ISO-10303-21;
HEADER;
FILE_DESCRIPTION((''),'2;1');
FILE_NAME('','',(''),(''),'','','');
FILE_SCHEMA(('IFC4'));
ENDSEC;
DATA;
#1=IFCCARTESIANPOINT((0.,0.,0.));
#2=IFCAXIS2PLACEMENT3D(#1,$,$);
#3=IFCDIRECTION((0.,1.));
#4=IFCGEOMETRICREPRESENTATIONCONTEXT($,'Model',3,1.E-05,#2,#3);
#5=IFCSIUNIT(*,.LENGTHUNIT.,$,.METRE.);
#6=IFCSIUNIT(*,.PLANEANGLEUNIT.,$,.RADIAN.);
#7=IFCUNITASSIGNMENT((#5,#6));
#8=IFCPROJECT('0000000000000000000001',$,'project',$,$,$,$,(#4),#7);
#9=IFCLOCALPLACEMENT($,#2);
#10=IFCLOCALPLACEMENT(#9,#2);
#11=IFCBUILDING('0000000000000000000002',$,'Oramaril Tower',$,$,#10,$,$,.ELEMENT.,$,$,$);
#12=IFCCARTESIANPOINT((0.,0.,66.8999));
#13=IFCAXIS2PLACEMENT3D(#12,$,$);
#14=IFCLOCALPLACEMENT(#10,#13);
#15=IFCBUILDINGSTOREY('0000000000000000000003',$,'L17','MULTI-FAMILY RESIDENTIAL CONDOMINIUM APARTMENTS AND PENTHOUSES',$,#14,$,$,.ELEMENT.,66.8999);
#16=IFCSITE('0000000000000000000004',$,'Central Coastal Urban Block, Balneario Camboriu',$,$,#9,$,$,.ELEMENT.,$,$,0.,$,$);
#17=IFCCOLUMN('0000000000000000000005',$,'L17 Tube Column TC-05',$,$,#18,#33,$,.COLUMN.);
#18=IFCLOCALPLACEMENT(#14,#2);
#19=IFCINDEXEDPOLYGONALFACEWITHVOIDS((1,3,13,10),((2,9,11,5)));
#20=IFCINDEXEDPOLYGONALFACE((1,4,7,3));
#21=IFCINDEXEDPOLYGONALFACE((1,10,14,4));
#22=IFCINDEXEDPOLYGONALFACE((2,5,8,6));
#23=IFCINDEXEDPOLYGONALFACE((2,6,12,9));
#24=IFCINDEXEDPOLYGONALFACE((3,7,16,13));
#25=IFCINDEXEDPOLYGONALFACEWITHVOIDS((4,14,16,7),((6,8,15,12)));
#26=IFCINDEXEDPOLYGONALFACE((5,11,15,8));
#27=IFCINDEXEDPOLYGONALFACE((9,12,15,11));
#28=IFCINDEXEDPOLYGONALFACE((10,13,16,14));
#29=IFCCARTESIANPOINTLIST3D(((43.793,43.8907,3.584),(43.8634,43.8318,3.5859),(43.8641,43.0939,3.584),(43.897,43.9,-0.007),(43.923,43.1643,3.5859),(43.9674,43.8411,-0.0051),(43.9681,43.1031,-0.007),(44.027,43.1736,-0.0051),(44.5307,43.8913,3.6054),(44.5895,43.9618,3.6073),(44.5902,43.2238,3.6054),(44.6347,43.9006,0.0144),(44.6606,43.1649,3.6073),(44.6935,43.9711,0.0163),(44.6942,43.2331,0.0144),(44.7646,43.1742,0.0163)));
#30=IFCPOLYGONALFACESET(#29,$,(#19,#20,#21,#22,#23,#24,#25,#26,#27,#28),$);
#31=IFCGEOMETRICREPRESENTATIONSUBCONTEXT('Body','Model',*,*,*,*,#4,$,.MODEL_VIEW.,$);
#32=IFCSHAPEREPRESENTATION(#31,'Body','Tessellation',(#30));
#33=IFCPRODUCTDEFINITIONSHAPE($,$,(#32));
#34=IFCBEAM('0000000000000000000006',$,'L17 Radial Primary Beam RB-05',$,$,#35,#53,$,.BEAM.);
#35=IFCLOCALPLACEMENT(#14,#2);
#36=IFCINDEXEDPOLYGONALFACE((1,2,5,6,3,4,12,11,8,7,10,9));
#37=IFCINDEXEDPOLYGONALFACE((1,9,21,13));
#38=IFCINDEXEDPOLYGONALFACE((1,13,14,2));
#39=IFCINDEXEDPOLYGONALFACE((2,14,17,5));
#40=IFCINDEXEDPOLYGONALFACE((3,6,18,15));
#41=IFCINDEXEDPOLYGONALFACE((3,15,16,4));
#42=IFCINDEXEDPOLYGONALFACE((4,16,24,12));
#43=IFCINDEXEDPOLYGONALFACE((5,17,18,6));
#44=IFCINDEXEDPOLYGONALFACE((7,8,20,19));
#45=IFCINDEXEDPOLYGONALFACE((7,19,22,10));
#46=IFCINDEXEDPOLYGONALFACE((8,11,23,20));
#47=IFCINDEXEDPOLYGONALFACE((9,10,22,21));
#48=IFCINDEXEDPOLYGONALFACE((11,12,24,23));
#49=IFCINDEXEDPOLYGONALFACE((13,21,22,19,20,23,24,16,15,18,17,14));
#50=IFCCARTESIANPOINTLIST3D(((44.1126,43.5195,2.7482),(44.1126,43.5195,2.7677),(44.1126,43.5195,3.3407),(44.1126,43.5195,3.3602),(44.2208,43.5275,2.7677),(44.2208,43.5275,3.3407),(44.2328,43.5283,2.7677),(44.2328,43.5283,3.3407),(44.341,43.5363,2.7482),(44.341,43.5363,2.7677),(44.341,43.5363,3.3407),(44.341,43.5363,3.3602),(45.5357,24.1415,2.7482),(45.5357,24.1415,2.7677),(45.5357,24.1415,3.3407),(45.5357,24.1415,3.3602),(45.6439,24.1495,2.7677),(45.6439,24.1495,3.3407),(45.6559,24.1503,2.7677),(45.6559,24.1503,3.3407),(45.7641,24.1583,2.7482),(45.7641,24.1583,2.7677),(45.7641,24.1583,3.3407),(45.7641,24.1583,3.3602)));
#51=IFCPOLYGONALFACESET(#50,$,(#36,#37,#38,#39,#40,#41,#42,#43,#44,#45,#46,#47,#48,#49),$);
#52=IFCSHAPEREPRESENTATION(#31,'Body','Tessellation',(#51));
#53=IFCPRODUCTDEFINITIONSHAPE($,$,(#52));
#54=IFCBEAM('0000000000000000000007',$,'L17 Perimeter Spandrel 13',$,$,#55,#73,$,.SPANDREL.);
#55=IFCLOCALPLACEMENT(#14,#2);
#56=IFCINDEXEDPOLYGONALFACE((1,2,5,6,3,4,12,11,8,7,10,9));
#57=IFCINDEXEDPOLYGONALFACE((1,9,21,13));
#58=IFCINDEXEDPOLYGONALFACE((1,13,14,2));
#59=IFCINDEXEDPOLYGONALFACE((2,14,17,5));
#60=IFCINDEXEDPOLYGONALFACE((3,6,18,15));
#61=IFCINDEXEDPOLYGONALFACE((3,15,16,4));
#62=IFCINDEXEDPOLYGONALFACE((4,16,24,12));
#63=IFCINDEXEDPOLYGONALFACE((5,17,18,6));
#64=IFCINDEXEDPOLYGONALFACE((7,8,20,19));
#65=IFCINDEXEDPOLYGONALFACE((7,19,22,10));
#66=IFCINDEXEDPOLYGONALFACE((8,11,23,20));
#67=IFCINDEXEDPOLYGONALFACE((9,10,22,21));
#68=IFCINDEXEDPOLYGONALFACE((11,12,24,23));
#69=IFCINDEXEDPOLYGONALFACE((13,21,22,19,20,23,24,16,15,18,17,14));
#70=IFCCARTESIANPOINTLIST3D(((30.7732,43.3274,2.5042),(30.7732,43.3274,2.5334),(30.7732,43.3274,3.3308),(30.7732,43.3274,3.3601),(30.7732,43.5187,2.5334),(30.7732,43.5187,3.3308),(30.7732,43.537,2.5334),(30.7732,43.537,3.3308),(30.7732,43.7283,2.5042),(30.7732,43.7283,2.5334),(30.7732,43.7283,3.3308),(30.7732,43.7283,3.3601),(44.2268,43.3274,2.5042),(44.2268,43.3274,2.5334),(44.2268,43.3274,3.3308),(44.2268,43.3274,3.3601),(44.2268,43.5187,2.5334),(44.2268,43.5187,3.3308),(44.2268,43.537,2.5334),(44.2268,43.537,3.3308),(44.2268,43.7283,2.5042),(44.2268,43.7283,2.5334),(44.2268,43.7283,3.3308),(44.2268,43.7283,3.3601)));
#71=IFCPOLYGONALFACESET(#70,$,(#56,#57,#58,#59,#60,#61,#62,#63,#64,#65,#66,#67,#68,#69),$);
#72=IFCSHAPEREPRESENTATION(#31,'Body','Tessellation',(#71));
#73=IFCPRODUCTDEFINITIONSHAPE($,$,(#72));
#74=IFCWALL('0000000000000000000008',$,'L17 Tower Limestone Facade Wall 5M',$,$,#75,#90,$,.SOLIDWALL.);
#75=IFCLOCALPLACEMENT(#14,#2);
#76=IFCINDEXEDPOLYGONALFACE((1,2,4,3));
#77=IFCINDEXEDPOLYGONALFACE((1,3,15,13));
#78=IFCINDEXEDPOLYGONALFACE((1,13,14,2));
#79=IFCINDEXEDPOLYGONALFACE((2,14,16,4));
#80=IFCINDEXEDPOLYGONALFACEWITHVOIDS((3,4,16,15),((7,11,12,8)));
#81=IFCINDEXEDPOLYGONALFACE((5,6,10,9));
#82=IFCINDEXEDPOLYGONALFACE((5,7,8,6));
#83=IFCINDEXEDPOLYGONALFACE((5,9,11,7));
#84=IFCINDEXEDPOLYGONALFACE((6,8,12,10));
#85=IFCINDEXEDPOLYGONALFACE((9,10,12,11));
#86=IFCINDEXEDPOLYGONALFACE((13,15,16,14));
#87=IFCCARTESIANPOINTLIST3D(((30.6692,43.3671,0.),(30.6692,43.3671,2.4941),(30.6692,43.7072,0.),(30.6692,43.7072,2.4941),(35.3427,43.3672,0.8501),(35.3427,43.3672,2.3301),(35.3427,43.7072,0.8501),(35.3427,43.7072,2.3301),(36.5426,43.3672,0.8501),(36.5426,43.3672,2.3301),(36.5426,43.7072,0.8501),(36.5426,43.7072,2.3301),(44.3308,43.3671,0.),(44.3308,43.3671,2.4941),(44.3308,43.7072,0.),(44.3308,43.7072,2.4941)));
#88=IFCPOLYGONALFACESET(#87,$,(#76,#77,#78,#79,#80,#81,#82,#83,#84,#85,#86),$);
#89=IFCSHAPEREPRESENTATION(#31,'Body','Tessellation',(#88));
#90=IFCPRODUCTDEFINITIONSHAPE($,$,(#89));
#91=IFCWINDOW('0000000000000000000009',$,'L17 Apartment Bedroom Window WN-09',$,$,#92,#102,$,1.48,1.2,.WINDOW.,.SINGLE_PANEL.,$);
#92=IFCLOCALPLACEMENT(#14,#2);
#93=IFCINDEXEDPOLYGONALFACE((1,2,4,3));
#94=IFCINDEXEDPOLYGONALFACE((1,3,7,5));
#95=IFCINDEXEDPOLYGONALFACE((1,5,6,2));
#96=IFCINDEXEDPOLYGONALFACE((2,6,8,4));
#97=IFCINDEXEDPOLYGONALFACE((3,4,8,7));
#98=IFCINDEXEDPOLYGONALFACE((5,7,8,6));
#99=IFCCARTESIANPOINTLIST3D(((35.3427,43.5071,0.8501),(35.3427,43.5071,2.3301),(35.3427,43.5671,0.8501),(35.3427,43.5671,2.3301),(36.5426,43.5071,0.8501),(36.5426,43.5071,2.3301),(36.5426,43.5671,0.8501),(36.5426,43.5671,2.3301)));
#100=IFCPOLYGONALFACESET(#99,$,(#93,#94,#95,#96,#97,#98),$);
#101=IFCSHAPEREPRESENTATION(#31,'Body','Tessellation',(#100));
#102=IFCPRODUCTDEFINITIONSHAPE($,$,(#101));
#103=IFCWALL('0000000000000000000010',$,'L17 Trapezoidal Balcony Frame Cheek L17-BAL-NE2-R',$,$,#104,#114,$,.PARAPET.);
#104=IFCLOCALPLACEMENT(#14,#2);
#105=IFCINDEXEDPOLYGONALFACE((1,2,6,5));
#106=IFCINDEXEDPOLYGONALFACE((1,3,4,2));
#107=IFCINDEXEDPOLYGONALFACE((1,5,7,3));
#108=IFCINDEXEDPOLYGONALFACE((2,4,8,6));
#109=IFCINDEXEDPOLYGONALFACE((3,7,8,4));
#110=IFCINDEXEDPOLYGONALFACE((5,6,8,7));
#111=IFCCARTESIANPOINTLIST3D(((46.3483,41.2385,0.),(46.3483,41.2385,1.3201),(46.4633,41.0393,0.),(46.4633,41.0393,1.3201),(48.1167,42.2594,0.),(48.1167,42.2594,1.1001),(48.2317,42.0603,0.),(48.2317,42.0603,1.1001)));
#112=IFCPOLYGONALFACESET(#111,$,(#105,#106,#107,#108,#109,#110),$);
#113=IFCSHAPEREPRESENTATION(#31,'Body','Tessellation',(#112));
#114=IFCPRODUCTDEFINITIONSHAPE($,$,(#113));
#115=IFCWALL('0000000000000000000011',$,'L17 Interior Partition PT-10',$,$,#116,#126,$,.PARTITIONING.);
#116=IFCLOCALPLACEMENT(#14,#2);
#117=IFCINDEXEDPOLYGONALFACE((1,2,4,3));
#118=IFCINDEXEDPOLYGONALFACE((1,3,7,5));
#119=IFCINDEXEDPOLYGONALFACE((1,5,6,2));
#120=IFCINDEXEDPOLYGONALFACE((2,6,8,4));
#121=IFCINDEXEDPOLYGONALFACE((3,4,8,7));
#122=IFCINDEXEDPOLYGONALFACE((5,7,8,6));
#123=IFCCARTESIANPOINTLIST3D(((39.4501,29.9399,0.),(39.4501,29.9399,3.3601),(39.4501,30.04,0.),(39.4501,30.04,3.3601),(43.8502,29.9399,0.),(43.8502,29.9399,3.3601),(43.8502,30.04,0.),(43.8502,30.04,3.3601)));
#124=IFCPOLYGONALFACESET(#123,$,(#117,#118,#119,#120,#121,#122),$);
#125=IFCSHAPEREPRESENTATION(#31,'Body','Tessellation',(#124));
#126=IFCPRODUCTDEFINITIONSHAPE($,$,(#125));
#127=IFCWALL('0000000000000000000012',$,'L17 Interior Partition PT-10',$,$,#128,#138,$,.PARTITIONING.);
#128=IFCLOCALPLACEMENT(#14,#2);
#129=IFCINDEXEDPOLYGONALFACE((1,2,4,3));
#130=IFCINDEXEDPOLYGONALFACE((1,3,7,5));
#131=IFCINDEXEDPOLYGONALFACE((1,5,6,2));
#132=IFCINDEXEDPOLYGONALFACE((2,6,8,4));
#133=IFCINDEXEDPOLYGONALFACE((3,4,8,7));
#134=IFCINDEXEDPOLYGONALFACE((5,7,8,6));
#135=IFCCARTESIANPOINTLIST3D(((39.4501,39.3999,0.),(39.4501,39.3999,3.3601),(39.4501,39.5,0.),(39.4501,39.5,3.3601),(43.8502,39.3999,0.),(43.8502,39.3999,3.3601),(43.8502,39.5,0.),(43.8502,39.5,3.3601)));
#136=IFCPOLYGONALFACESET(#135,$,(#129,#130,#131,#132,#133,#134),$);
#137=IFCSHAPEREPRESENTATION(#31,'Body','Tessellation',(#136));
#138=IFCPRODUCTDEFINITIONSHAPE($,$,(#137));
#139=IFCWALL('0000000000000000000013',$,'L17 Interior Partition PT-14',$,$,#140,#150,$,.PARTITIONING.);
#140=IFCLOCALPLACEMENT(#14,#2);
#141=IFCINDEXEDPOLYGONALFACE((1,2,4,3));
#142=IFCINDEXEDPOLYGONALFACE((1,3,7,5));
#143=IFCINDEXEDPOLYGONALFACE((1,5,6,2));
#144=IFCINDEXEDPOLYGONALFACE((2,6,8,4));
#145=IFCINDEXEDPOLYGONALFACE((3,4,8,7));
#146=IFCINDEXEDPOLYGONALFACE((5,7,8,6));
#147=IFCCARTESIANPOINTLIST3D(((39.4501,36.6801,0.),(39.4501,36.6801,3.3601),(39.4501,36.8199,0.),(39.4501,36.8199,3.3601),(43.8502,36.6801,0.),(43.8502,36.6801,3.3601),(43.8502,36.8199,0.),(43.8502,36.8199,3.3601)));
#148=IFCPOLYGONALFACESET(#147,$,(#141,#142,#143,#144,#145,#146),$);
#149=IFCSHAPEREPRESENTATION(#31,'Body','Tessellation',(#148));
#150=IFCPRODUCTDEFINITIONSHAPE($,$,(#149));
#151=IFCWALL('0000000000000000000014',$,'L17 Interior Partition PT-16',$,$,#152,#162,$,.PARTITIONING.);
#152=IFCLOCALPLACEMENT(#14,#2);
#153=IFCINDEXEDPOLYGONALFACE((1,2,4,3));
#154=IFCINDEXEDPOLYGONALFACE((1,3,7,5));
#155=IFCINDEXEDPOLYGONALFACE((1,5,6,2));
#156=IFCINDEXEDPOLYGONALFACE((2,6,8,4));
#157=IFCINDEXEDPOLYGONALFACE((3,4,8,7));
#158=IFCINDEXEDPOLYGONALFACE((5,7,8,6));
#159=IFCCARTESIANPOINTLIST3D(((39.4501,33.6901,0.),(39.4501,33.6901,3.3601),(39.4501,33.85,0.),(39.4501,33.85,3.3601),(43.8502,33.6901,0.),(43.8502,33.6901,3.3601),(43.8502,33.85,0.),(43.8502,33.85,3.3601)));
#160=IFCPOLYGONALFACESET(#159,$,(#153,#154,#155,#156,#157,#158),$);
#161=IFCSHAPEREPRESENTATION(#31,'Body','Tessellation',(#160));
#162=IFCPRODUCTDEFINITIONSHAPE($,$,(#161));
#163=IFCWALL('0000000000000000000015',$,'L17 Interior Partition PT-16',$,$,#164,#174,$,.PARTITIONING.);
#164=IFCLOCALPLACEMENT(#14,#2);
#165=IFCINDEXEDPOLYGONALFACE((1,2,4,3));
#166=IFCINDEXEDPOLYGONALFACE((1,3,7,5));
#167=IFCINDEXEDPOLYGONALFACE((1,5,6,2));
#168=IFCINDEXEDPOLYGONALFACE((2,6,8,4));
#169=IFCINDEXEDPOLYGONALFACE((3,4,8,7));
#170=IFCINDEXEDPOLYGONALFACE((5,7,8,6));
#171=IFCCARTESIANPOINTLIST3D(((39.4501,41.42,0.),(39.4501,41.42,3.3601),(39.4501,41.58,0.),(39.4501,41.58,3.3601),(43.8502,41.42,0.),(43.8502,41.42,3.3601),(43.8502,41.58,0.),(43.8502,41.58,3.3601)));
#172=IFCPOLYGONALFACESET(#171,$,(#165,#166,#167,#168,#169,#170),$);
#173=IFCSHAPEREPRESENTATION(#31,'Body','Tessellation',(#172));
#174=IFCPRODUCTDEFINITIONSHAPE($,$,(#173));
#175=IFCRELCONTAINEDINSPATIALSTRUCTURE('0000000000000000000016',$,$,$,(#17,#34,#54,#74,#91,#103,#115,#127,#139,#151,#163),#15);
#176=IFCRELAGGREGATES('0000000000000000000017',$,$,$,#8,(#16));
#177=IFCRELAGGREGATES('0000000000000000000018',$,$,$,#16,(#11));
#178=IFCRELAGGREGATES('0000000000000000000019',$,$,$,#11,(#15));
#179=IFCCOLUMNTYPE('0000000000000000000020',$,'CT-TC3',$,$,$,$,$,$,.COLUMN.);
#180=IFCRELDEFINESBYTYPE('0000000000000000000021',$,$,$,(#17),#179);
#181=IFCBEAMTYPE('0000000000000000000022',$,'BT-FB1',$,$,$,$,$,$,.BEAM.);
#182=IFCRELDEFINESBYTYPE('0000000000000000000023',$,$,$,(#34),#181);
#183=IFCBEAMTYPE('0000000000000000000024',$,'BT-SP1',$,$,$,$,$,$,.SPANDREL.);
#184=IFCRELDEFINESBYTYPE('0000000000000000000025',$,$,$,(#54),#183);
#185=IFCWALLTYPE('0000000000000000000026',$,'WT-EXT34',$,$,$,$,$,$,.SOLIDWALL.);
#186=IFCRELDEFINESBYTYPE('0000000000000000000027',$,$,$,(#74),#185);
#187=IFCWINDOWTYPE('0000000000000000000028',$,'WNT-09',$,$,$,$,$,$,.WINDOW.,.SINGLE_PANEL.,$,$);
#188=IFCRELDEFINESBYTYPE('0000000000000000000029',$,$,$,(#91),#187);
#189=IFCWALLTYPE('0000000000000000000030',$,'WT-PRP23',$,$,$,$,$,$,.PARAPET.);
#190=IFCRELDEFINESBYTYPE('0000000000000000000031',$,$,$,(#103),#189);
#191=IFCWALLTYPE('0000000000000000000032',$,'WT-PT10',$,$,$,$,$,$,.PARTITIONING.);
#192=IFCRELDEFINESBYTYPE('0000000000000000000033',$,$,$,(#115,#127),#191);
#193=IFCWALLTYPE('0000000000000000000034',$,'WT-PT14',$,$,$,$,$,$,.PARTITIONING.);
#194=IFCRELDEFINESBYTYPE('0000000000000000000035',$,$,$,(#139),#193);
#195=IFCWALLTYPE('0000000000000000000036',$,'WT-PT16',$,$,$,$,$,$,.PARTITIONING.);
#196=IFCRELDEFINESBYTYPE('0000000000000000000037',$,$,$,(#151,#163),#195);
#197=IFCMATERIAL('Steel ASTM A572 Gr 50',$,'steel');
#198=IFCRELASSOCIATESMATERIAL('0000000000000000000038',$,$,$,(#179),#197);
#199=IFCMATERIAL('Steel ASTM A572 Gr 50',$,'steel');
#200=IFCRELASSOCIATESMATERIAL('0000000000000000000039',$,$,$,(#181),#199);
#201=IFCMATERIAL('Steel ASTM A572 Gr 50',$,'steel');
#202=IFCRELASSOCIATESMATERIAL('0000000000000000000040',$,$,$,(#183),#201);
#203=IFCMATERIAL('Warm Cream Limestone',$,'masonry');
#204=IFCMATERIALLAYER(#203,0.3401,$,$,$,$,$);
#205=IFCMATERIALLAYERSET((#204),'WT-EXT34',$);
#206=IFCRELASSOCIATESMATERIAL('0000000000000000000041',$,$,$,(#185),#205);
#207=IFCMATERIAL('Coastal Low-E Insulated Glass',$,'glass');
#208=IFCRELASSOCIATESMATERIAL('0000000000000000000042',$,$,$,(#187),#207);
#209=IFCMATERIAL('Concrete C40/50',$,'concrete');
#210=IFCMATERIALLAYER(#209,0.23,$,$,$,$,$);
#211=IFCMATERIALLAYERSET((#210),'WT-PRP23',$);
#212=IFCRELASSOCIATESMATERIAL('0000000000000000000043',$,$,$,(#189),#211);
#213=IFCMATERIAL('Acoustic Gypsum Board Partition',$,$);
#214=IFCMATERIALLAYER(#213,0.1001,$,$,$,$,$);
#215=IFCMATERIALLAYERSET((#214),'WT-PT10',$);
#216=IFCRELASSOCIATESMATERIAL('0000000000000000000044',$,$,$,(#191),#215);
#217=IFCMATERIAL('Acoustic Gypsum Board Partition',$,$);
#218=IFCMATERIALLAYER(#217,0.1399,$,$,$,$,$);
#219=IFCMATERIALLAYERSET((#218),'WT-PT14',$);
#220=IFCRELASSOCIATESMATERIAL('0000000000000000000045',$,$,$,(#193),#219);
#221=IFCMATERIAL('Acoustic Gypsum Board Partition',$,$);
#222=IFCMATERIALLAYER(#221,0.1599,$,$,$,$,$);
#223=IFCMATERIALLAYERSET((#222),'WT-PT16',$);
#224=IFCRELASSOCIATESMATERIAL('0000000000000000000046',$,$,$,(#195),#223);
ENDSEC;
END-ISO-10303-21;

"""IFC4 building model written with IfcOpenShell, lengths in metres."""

from ifc_helpers import new_model, si_unit, direction, frame, frame_2d, origin, origin_2d, place, context, subcontext, project, spatial, polyline, rectangle, hollow_rectangle, i_section, outline, extrude, material, layer, layer_set, material_profile, profile_set, type_object, element, fill, save


model = new_model("IFC4")

# Units and contexts
model_context = context("Model", 3, precision=1e-05, world=origin(), true_north=direction((0.0, 1.0)))
body_context = subcontext(model_context, "Body", "Model", "MODEL_VIEW")
ifc_project = project(units=[si_unit("LENGTHUNIT", "METRE"), si_unit("PLANEANGLEUNIT", "RADIAN")], contexts=[model_context])

# Site, building, storey
site_placement = place(None, origin())
site = spatial("IfcSite", under=ifc_project, at=site_placement, Name="Central Coastal Urban Block, Balneario Camboriu", CompositionType="ELEMENT", RefElevation=0.0)
building_placement = place(site_placement, origin())
building = spatial("IfcBuilding", under=site, at=building_placement, Name="Oramaril Tower", CompositionType="ELEMENT")
storey_placement = place(building_placement, frame((0.0, 0.0, 66.8999)))
storey = spatial("IfcBuildingStorey", under=building, at=storey_placement, Name="L17", Description="MULTI-FAMILY RESIDENTIAL CONDOMINIUM APARTMENTS AND PENTHOUSES", CompositionType="ELEMENT", Elevation=66.8999)

# Column
ifc_material_1 = material(Name="Steel ASTM A572 Gr 50", Category="steel")
ifc_material_profile_1 = material_profile(ifc_material_1, hollow_rectangle(XDim=0.8, YDim=0.8, WallThickness=0.0649, at=origin_2d()), Name="BOX800X800X65")
ifc_profile_set_1 = profile_set([ifc_material_profile_1], Name="Steel ASTM A572 Gr 50")
column_type = type_object("IfcColumnType", Name="CT-TC3", PredefinedType="COLUMN", material=ifc_profile_set_1)
column_placement = place(storey_placement, frame((44.3308, 43.5371, 0.0046), z_axis=(-0.02895, -0.002582, 0.999578), x_axis=(0.088849, -0.996045, 0.0)))
element("IfcColumn", 1, at=column_placement, inside=storey, type_object=column_type, Name="L17 Tube Column TC-05", PredefinedType="COLUMN", context=body_context, shape_type="SweptSolid", body=[
    extrude(hollow_rectangle(XDim=0.8, YDim=0.8, WallThickness=0.0649, at=origin_2d()), origin(), (0.0, 0.0, 1.0), 3.5925),
])

# Beams
ifc_material_2 = material(Name="Steel ASTM A572 Gr 50", Category="steel")
ifc_material_profile_2 = material_profile(ifc_material_2, i_section(OverallWidth=0.229, OverallDepth=0.6121, WebThickness=0.012, FlangeThickness=0.0195, at=origin_2d()), Name="W24X84")
ifc_profile_set_2 = profile_set([ifc_material_profile_2], Name="Steel ASTM A572 Gr 50")
beam_type_1 = type_object("IfcBeamType", Name="BT-FB1", PredefinedType="BEAM", material=ifc_profile_set_2)
beam_1_placement = place(storey_placement, frame((45.6499, 24.1499, 3.0542), z_axis=(-0.073242, 0.997314, 0.0), x_axis=(-0.997314, -0.073242, 0.0)))
element("IfcBeam", 2, at=beam_1_placement, inside=storey, type_object=beam_type_1, Name="L17 Radial Primary Beam RB-05", PredefinedType="BEAM", context=body_context, shape_type="SweptSolid", body=[
    extrude(i_section(OverallWidth=0.229, OverallDepth=0.6121, WebThickness=0.012, FlangeThickness=0.0195, at=origin_2d()), origin(), (0.0, 0.0, 1.0), 19.4302),
])
ifc_material_3 = material(Name="Steel ASTM A572 Gr 50", Category="steel")
ifc_material_profile_3 = material_profile(ifc_material_3, i_section(OverallWidth=0.4009, OverallDepth=0.856, WebThickness=0.0183, FlangeThickness=0.0293, at=origin_2d()), Name="W33X201")
ifc_profile_set_3 = profile_set([ifc_material_profile_3], Name="Steel ASTM A572 Gr 50")
beam_type_2 = type_object("IfcBeamType", Name="BT-SP1", PredefinedType="SPANDREL", material=ifc_profile_set_3)
beam_2_placement = place(storey_placement, frame((44.2268, 43.5278, 2.9321), z_axis=(-1.0, 0.0, 0.0), x_axis=(0.0, -1.0, 0.0)))
element("IfcBeam", 3, at=beam_2_placement, inside=storey, type_object=beam_type_2, Name="L17 Perimeter Spandrel 13", PredefinedType="SPANDREL", context=body_context, shape_type="SweptSolid", body=[
    extrude(i_section(OverallWidth=0.4009, OverallDepth=0.856, WebThickness=0.0183, FlangeThickness=0.0293, at=origin_2d()), origin(), (0.0, 0.0, 1.0), 13.4536),
])

# Wall, opening, window
ifc_material_4 = material(Name="Warm Cream Limestone", Category="masonry")
ifc_layer_1 = layer(ifc_material_4, 0.3401)
ifc_layer_set_1 = layer_set([ifc_layer_1], Name="WT-EXT34")
wall_type_1 = type_object("IfcWallType", Name="WT-EXT34", PredefinedType="SOLIDWALL", material=ifc_layer_set_1)
wall_1_placement = place(storey_placement, frame((44.3308, 43.5371, 0.0), z_axis=(0.0, 0.0, 1.0), x_axis=(-1.0, 0.0, 0.0)))
wall_1 = element("IfcWall", 4, at=wall_1_placement, inside=storey, type_object=wall_type_1, Name="L17 Tower Limestone Facade Wall 5M", PredefinedType="SOLIDWALL", context=body_context, shape_type="SweptSolid", body=[
    extrude(rectangle(XDim=13.6616, YDim=0.3401, at=frame_2d((6.8308, 0.0))), origin(), (0.0, 0.0, 1.0), 2.4941),
])
opening_1_placement = place(wall_1_placement, frame((7.7881, 0.0, 0.8501)))
opening_1 = element("IfcOpeningElement", 5, at=opening_1_placement, cuts=wall_1, PredefinedType="OPENING", context=body_context, shape_type="SweptSolid", body=[
    extrude(rectangle(XDim=1.2, YDim=1.48, at=frame_2d((0.6001, 0.74))), frame((0.0, 0.1699, 0.0), z_axis=(0.0, -1.0, 0.0), x_axis=(1.0, 0.0, 0.0)), (0.0, 0.0, 1.0), 0.3401),
])
ifc_material_5 = material(Name="Coastal Low-E Insulated Glass", Category="glass")
window_type = type_object("IfcWindowType", Name="WNT-09", PartitioningType="SINGLE_PANEL", PredefinedType="WINDOW", material=ifc_material_5)
window_placement = place(opening_1_placement, origin())
window = element("IfcWindow", 6, at=window_placement, inside=storey, type_object=window_type, Name="L17 Apartment Bedroom Window WN-09", OverallHeight=1.48, OverallWidth=1.2, PartitioningType="SINGLE_PANEL", PredefinedType="WINDOW", context=body_context, shape_type="SweptSolid", body=[
    extrude(rectangle(XDim=1.2, YDim=1.48, at=frame_2d((0.6001, 0.74))), frame((0.0, 0.03, 0.0), z_axis=(0.0, -1.0, 0.0), x_axis=(1.0, 0.0, 0.0)), (0.0, 0.0, 1.0), 0.0601),
])
fill(opening_1, window)

# Walls
ifc_material_6 = material(Name="Concrete C40/50", Category="concrete")
ifc_layer_2 = layer(ifc_material_6, 0.23)
ifc_layer_set_2 = layer_set([ifc_layer_2], Name="WT-PRP23")
wall_type_2 = type_object("IfcWallType", Name="WT-PRP23", PredefinedType="PARAPET", material=ifc_layer_set_2)
wall_2_placement = place(storey_placement, frame((46.4058, 41.1389, 0.0), z_axis=(0.0, 0.0, 1.0), x_axis=(0.866042, 0.499971, 0.0)))
element("IfcWall", 7, at=wall_2_placement, inside=storey, type_object=wall_type_2, Name="L17 Trapezoidal Balcony Frame Cheek L17-BAL-NE2-R", PredefinedType="PARAPET", context=body_context, shape_type="SweptSolid", body=[
    extrude(outline(polyline([(0.0, 0.0), (2.042, 0.0), (2.042, 1.1001), (0.0, 1.3201), (0.0, 0.0)])), frame((0.0, 0.115, 0.0), z_axis=(0.0, -1.0, 0.0), x_axis=(1.0, 0.0, 0.0)), (0.0, 0.0, 1.0), 0.23),
])
ifc_material_7 = material(Name="Acoustic Gypsum Board Partition")
ifc_layer_3 = layer(ifc_material_7, 0.1001)
ifc_layer_set_3 = layer_set([ifc_layer_3], Name="WT-PT10")
wall_type_3 = type_object("IfcWallType", Name="WT-PT10", PredefinedType="PARTITIONING", material=ifc_layer_set_3)
for number, where, z_axis, x_axis, name in (
    (8, (39.45, 29.99, 0.0), (0.0, 0.0, 1.0), (1.0, 0.0, 0.0), "L17 Interior Partition PT-10"),
    (9, (39.45, 39.45, 0.0), (0.0, 0.0, 1.0), (1.0, 0.0, 0.0), "L17 Interior Partition PT-10"),
):
    element("IfcWall", number, at=place(storey_placement, frame(where, z_axis=z_axis, x_axis=x_axis)), inside=storey, type_object=wall_type_3, Name=name, PredefinedType="PARTITIONING", context=body_context, shape_type="SweptSolid", body=[
        extrude(rectangle(XDim=4.4001, YDim=0.1001, at=frame_2d((2.2002, 0.0))), origin(), (0.0, 0.0, 1.0), 3.3601),
    ])
ifc_material_8 = material(Name="Acoustic Gypsum Board Partition")
ifc_layer_4 = layer(ifc_material_8, 0.1399)
ifc_layer_set_4 = layer_set([ifc_layer_4], Name="WT-PT14")
wall_type_4 = type_object("IfcWallType", Name="WT-PT14", PredefinedType="PARTITIONING", material=ifc_layer_set_4)
wall_3_placement = place(storey_placement, frame((39.45, 36.75, 0.0), z_axis=(0.0, 0.0, 1.0), x_axis=(1.0, 0.0, 0.0)))
element("IfcWall", 10, at=wall_3_placement, inside=storey, type_object=wall_type_4, Name="L17 Interior Partition PT-14", PredefinedType="PARTITIONING", context=body_context, shape_type="SweptSolid", body=[
    extrude(rectangle(XDim=4.4001, YDim=0.1399, at=frame_2d((2.2002, 0.0))), origin(), (0.0, 0.0, 1.0), 3.3601),
])
ifc_material_9 = material(Name="Acoustic Gypsum Board Partition")
ifc_layer_5 = layer(ifc_material_9, 0.1599)
ifc_layer_set_5 = layer_set([ifc_layer_5], Name="WT-PT16")
wall_type_5 = type_object("IfcWallType", Name="WT-PT16", PredefinedType="PARTITIONING", material=ifc_layer_set_5)
for number, where, z_axis, x_axis, name in (
    (11, (39.45, 33.77, 0.0), (0.0, 0.0, 1.0), (1.0, 0.0, 0.0), "L17 Interior Partition PT-16"),
    (12, (39.45, 41.5, 0.0), (0.0, 0.0, 1.0), (1.0, 0.0, 0.0), "L17 Interior Partition PT-16"),
):
    element("IfcWall", number, at=place(storey_placement, frame(where, z_axis=z_axis, x_axis=x_axis)), inside=storey, type_object=wall_type_5, Name=name, PredefinedType="PARTITIONING", context=body_context, shape_type="SweptSolid", body=[
        extrude(rectangle(XDim=4.4001, YDim=0.1599, at=frame_2d((2.2002, 0.0))), origin(), (0.0, 0.0, 1.0), 3.3601),
    ])

save(model, "model.ifc")
